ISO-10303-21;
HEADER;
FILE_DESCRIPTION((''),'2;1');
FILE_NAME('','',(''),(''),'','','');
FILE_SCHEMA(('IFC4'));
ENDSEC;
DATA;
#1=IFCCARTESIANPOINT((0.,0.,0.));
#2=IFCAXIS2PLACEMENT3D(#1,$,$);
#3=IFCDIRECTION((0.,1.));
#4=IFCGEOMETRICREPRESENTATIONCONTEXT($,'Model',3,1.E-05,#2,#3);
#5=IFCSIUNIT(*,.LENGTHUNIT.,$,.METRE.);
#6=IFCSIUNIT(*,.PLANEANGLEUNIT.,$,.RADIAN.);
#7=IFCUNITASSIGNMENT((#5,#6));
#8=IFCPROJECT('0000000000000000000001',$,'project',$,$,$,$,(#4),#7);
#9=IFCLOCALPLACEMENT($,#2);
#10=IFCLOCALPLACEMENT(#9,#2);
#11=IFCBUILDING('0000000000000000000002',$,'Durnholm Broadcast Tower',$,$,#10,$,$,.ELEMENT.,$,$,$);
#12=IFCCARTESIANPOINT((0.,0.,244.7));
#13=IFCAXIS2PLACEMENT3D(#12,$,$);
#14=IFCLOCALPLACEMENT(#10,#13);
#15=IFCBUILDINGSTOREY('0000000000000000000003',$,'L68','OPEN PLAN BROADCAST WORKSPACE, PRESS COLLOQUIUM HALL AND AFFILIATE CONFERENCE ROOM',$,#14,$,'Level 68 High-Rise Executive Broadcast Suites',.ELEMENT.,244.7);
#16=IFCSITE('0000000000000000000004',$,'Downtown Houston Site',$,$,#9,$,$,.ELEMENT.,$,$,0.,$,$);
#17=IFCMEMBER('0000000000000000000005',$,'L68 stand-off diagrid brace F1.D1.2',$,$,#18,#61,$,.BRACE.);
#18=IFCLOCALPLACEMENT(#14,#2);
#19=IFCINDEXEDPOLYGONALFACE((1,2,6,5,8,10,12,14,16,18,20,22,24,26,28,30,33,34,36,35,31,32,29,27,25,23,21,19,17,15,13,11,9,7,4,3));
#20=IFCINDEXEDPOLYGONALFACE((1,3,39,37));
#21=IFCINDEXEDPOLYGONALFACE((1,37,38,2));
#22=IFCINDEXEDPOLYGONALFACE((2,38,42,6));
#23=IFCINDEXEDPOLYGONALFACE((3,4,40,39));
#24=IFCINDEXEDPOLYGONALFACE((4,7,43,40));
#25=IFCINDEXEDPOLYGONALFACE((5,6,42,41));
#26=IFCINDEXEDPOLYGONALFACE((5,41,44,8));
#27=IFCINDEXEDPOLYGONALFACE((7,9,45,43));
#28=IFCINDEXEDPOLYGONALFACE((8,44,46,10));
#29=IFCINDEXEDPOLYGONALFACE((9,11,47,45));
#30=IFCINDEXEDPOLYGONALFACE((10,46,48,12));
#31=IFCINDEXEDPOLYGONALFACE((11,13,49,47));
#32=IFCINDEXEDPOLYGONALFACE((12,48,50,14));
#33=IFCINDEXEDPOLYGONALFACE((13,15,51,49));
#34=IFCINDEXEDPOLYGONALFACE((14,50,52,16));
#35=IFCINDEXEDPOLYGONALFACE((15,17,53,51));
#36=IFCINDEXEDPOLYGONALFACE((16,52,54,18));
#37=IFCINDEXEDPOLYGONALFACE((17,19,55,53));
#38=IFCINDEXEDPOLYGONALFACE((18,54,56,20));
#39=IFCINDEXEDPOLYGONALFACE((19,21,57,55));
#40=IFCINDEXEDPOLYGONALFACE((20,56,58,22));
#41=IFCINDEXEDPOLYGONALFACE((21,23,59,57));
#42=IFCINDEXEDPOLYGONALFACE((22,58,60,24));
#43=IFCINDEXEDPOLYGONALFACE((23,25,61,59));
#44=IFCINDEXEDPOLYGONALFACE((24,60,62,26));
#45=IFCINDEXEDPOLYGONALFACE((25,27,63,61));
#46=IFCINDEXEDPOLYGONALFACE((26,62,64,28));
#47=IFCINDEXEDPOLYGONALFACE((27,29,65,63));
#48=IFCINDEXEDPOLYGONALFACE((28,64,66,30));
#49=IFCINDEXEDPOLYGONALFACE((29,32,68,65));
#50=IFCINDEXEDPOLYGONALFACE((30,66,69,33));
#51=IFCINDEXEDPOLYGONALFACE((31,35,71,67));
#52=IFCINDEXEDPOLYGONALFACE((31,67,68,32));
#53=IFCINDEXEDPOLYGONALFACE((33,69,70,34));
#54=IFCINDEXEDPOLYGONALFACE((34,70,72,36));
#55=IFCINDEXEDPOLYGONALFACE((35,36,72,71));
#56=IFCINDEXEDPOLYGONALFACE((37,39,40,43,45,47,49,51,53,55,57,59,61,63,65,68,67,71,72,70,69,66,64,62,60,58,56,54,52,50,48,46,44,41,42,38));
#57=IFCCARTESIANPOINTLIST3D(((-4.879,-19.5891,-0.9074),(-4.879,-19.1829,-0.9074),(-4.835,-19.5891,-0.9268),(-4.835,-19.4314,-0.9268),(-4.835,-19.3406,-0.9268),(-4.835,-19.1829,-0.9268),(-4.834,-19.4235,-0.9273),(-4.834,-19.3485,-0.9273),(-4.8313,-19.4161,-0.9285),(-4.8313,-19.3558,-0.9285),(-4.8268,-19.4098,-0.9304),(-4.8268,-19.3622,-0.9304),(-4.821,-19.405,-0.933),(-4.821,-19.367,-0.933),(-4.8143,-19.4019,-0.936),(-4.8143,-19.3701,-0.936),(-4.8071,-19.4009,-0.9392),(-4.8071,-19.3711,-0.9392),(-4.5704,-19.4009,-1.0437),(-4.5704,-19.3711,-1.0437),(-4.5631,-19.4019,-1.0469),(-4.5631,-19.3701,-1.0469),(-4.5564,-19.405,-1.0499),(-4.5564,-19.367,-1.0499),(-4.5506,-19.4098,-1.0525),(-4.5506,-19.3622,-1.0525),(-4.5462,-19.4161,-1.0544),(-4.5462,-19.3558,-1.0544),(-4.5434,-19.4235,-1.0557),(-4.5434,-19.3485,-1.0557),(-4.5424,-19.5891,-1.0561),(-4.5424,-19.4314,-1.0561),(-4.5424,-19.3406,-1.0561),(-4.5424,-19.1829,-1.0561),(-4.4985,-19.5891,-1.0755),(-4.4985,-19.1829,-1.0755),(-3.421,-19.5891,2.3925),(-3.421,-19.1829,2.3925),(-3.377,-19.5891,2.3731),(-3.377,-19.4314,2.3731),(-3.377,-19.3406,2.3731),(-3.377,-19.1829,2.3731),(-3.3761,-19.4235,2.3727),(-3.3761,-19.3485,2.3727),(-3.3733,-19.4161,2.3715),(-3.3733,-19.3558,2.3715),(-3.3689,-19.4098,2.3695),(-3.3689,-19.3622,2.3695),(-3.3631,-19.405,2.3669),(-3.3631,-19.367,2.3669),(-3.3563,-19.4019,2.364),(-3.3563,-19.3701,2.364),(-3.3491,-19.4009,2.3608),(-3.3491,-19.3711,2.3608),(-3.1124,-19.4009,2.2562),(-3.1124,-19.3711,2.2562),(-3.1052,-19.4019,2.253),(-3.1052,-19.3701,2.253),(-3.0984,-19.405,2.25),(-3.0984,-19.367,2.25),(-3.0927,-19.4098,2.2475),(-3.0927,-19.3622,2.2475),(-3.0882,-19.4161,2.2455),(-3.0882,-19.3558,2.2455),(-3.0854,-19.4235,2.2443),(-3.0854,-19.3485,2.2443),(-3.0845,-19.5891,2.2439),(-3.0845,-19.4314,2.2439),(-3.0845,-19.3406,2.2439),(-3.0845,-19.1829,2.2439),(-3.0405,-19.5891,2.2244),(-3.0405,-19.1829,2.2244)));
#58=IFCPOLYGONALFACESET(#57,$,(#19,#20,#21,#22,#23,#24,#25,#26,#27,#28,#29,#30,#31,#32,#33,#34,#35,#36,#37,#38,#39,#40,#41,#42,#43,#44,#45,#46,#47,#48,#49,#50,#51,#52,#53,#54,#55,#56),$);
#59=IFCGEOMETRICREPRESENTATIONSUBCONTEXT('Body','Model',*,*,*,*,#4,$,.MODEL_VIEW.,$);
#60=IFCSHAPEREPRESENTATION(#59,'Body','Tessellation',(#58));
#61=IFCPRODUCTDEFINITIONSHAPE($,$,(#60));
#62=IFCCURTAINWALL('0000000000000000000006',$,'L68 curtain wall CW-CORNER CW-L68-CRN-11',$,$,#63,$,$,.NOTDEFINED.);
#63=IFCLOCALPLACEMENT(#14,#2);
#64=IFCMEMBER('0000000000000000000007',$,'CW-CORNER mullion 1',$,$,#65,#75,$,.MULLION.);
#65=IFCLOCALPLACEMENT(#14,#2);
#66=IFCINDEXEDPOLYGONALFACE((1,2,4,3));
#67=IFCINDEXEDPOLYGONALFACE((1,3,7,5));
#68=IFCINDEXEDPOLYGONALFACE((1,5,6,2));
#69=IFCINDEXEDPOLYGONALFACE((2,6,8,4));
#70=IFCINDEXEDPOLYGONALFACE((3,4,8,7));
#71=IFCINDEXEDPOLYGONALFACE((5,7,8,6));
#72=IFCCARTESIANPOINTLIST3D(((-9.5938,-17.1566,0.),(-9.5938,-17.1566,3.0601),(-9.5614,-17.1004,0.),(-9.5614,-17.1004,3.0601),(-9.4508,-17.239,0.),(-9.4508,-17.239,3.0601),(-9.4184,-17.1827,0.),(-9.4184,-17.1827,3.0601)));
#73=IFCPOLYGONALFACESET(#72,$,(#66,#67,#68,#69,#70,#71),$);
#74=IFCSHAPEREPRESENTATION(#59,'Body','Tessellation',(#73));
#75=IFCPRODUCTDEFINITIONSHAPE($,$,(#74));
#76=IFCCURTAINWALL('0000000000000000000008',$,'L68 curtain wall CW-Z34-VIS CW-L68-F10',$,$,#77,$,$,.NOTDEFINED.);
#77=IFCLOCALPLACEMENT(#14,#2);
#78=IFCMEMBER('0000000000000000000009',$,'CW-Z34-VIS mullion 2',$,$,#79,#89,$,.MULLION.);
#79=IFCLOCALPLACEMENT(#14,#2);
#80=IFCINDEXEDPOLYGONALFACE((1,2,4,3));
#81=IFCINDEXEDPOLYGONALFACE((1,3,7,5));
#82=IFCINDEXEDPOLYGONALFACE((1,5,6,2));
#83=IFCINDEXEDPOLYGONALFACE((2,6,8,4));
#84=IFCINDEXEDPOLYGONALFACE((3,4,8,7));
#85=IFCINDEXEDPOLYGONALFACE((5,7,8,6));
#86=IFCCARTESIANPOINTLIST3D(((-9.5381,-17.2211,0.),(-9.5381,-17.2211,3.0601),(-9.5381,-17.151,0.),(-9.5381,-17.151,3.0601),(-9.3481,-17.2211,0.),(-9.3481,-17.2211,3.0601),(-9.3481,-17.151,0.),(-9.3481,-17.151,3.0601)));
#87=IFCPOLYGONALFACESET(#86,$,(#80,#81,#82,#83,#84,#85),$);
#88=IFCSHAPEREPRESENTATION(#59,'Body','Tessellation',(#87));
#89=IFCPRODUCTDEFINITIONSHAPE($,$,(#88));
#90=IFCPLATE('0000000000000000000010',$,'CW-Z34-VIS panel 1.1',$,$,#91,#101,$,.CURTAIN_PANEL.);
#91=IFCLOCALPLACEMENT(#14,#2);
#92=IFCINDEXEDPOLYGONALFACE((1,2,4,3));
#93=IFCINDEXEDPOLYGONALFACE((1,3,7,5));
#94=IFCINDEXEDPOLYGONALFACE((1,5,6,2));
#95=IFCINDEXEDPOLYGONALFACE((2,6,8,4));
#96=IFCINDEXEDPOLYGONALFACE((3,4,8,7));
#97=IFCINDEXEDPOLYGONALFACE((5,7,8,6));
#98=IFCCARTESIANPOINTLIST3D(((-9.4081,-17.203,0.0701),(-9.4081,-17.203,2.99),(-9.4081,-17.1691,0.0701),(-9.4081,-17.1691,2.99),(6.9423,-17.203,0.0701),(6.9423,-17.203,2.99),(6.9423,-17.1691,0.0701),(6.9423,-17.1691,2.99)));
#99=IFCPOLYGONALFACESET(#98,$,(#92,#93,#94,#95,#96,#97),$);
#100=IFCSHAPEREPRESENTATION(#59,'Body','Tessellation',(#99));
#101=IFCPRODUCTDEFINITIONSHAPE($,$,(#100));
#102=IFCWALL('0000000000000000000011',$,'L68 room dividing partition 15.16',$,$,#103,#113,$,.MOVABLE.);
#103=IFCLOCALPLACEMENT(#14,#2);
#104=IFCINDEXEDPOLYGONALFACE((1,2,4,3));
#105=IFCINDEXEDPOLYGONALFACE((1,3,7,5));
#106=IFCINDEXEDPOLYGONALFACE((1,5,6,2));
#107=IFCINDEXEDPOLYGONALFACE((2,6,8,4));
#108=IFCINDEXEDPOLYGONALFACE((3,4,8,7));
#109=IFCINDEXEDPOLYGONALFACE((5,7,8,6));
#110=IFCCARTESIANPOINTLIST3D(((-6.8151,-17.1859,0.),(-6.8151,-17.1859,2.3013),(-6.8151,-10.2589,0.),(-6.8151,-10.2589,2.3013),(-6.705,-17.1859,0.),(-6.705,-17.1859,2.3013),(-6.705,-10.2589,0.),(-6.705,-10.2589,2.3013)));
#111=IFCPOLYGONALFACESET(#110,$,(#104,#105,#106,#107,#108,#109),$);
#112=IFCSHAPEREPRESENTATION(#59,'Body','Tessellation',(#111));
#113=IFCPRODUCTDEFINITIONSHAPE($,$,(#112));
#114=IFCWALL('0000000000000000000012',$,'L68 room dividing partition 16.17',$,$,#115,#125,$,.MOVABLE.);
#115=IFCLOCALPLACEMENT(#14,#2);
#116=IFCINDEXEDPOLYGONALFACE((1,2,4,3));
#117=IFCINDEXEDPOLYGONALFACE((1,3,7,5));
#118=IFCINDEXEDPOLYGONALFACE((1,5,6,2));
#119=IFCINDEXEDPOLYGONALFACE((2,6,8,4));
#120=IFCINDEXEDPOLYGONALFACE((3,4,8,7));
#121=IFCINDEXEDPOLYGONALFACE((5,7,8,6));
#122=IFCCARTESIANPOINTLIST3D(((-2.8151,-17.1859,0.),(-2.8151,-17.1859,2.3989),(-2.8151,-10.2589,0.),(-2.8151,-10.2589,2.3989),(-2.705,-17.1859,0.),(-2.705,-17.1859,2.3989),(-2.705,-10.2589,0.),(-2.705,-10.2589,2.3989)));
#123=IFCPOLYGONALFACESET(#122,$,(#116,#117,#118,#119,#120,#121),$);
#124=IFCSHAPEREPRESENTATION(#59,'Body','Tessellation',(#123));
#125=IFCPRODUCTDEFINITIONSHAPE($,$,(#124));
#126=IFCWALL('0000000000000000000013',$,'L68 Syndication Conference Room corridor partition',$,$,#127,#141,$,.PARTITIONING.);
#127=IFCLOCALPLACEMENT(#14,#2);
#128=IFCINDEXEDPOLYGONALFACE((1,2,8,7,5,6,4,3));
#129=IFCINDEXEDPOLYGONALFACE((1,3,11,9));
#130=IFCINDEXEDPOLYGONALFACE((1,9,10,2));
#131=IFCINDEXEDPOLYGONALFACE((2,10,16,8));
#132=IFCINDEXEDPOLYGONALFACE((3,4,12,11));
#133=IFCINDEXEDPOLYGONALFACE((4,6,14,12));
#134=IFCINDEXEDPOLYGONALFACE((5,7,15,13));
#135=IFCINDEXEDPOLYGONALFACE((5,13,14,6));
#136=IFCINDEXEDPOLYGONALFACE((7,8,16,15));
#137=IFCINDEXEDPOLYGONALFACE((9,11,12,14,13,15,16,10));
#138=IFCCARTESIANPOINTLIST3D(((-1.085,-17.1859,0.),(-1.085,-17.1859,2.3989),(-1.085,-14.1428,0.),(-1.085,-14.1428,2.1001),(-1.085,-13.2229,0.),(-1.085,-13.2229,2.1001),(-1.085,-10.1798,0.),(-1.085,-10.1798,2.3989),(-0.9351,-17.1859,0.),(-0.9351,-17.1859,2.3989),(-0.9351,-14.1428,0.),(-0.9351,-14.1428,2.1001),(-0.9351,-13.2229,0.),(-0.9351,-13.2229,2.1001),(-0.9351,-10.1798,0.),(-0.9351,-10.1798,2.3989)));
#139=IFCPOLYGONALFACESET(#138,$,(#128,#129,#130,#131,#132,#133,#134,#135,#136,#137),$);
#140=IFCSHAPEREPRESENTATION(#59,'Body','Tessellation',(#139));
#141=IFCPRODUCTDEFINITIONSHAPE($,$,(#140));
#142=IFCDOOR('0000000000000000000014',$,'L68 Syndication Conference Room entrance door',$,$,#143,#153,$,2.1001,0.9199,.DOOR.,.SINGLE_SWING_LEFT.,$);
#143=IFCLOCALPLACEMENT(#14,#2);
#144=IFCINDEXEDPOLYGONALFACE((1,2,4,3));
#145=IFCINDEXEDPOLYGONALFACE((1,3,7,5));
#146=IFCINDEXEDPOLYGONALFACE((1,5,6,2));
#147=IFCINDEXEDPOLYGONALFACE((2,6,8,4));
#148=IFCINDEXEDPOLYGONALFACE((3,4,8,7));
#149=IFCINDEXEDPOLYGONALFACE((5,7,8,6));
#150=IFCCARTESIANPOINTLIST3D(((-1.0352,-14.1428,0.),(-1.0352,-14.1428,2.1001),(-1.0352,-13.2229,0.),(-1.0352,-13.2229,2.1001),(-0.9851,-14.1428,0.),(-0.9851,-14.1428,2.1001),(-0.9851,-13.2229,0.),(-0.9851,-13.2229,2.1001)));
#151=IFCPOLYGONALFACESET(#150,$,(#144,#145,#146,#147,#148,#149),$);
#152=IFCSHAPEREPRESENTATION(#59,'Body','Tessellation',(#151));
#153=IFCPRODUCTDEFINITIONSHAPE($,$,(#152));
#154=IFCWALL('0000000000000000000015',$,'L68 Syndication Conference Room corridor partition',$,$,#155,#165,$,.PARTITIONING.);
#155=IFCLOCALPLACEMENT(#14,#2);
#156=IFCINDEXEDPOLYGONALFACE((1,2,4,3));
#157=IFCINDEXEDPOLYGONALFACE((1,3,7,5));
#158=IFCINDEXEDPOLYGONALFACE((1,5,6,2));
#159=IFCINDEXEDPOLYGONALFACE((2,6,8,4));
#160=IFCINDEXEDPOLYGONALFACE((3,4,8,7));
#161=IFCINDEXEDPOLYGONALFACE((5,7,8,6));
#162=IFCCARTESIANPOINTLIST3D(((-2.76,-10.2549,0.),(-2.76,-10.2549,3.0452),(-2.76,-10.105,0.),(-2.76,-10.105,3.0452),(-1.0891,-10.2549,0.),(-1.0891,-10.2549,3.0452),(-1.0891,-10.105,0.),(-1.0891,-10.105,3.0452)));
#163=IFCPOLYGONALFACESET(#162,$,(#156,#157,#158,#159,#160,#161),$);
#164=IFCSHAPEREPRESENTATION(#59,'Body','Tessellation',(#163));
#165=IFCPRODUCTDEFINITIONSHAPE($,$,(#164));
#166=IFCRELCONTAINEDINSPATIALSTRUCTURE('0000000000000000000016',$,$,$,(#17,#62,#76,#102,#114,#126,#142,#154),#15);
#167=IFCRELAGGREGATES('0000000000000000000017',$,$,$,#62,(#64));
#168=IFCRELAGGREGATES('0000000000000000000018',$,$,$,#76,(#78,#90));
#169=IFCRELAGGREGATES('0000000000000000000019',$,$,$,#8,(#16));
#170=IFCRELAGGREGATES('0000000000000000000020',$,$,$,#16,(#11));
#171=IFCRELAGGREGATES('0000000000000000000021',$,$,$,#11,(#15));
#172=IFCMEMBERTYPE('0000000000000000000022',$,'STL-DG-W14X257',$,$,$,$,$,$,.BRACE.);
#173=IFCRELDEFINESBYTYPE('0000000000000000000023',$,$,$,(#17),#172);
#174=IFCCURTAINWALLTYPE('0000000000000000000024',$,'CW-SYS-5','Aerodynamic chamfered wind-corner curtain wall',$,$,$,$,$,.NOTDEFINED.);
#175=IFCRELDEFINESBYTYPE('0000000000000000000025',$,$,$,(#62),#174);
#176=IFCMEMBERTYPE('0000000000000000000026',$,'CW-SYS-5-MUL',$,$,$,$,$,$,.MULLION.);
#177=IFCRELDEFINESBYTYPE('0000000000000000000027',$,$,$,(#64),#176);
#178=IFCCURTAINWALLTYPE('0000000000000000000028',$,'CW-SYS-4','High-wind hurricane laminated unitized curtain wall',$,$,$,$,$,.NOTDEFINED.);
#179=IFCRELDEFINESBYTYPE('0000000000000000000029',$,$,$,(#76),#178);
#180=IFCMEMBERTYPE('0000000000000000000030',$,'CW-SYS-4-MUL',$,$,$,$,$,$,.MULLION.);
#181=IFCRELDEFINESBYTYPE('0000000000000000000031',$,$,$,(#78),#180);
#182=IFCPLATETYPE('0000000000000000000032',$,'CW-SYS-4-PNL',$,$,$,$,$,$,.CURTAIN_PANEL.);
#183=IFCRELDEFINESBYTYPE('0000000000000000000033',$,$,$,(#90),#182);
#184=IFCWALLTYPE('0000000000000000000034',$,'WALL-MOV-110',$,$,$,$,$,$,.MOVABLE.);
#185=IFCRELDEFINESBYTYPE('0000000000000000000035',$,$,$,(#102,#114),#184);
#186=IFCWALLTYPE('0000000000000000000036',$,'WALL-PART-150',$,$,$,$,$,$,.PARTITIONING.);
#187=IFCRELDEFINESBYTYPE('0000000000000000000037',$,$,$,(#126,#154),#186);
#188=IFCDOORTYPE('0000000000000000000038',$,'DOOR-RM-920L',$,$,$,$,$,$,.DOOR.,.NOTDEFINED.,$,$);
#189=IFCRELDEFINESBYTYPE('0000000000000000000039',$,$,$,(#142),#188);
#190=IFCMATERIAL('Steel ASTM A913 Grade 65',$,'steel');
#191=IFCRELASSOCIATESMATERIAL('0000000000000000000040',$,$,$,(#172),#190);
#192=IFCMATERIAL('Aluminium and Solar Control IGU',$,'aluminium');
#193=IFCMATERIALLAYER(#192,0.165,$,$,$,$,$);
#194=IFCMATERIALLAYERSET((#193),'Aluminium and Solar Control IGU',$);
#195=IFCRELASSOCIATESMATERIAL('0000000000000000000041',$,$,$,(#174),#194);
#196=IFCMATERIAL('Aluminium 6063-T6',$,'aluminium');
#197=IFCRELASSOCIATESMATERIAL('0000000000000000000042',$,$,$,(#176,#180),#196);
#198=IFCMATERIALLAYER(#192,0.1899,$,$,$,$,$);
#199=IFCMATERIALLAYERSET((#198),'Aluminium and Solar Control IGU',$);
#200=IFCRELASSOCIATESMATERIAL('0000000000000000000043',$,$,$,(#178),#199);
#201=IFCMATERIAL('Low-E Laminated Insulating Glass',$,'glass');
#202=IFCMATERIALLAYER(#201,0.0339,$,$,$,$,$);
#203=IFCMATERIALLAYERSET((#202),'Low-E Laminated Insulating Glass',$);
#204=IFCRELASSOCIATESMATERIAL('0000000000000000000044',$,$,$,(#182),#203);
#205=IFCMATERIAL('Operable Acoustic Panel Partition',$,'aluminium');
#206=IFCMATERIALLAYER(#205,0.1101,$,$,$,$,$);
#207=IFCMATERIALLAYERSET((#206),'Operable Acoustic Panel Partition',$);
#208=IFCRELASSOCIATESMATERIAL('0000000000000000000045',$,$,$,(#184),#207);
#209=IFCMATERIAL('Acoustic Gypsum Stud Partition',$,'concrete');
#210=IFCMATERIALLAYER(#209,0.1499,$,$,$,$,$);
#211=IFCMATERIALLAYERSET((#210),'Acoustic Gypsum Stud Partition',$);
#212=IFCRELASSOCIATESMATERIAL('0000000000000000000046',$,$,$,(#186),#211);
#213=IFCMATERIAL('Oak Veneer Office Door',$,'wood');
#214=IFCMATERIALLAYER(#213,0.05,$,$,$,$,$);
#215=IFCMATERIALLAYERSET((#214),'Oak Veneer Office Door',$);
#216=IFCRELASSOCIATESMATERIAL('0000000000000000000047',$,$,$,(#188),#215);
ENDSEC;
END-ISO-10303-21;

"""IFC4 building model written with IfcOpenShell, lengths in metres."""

from ifc_helpers import new_model, si_unit, direction, frame, frame_2d, origin, origin_2d, place, context, subcontext, project, spatial, rectangle, i_section, extrude, source, transform, mapped, material, layer, layer_set, material_profile, profile_set, type_object, type_shapes, element, fill, aggregate, save


model = new_model("IFC4")

# Units and contexts
model_context = context("Model", 3, precision=1e-05, world=origin(), true_north=direction((0.0, 1.0)))
body_context = subcontext(model_context, "Body", "Model", "MODEL_VIEW")
ifc_project = project(units=[si_unit("LENGTHUNIT", "METRE"), si_unit("PLANEANGLEUNIT", "RADIAN")], contexts=[model_context])

# Site, building, storey
site_placement = place(None, origin())
site = spatial("IfcSite", under=ifc_project, at=site_placement, Name="Downtown Houston Site", CompositionType="ELEMENT", RefElevation=0.0)
building_placement = place(site_placement, origin())
building = spatial("IfcBuilding", under=site, at=building_placement, Name="Durnholm Broadcast Tower", CompositionType="ELEMENT")
storey_placement = place(building_placement, frame((0.0, 0.0, 244.7)))
storey = spatial("IfcBuildingStorey", under=building, at=storey_placement, Name="L68", Description="OPEN PLAN BROADCAST WORKSPACE, PRESS COLLOQUIUM HALL AND AFFILIATE CONFERENCE ROOM", LongName="Level 68 High-Rise Executive Broadcast Suites", CompositionType="ELEMENT", Elevation=244.7)

# Member
ifc_material_1 = material(Name="Steel ASTM A913 Grade 65", Category="steel")
ifc_material_profile_1 = material_profile(ifc_material_1, i_section(OverallWidth=0.4062, OverallDepth=0.416, WebThickness=0.0298, FlangeThickness=0.0481, FilletRadius=0.0305, at=origin_2d()), Name="W14X257")
ifc_profile_set_1 = profile_set([ifc_material_profile_1], Name="Steel ASTM A913 Grade 65")
member_type_1 = type_object("IfcMemberType", Name="STL-DG-W14X257", PredefinedType="BRACE", material=ifc_profile_set_1)
shared_shape_1 = source(origin(), body_context, "Body", "SweptSolid", [
    extrude(i_section(OverallWidth=0.4062, OverallDepth=0.416, WebThickness=0.0298, FlangeThickness=0.0481, FilletRadius=0.0305, at=origin_2d()), origin(), (0.0, 0.0, 1.0), 3.6077),
])
member_1_placement = place(storey_placement, frame((-4.6887, -19.386, -0.9915), z_axis=(0.404128, 0.0, 0.914702), x_axis=(0.0, 1.0, 0.0)))
element("IfcMember", 1, at=member_1_placement, inside=storey, type_object=member_type_1, Name="L68 stand-off diagrid brace F1.D1.2", PredefinedType="BRACE", context=body_context, shape_type="MappedRepresentation", body=[
    mapped(shared_shape_1, transform((0.0, 0.0, 0.0), x_axis=(1.0, 0.0, 0.0), y_axis=(0.0, 1.0, 0.0), z_axis=(0.0, 0.0, 1.0), scale=1.0)),
])

# Curtain wall, member
ifc_material_2 = material(Name="Aluminium and Solar Control IGU", Category="aluminium")
ifc_layer_1 = layer(ifc_material_2, 0.165)
ifc_layer_set_1 = layer_set([ifc_layer_1], Name="Aluminium and Solar Control IGU")
curtain_wall_type_1 = type_object("IfcCurtainWallType", Name="CW-SYS-5", Description="Aerodynamic chamfered wind-corner curtain wall", PredefinedType="NOTDEFINED", material=ifc_layer_set_1)
curtain_wall_1_placement = place(storey_placement, origin())
curtain_wall_1 = element("IfcCurtainWall", 2, at=curtain_wall_1_placement, inside=storey, type_object=curtain_wall_type_1, Name="L68 curtain wall CW-CORNER CW-L68-CRN-11", PredefinedType="NOTDEFINED")
ifc_material_3 = material(Name="Aluminium 6063-T6", Category="aluminium")
ifc_material_profile_2 = material_profile(ifc_material_3, rectangle(XDim=0.0649, YDim=0.165, at=origin_2d()), Name="CWM65X165")
ifc_profile_set_2 = profile_set([ifc_material_profile_2], Name="Aluminium 6063-T6")
member_type_2 = type_object("IfcMemberType", Name="CW-SYS-5-MUL", PredefinedType="MULLION", material=ifc_profile_set_2)
shared_shape_2 = source(origin(), body_context, "Body", "SweptSolid", [
    extrude(rectangle(XDim=0.0649, YDim=0.165, at=origin_2d()), origin(), (0.0, 0.0, 1.0), 3.0601),
])
type_shapes(member_type_2, [shared_shape_2])
member_2_placement = place(storey_placement, frame((-9.5061, -17.1697, 0.0), z_axis=(0.0, 0.0, 1.0), x_axis=(-0.499059, -0.866568, 0.0)))
member_2 = element("IfcMember", 3, at=member_2_placement, type_object=member_type_2, Name="CW-CORNER mullion 1", PredefinedType="MULLION", context=body_context, shape_type="MappedRepresentation", body=[
    mapped(shared_shape_2, transform((0.0, 0.0, 0.0), x_axis=(1.0, 0.0, 0.0), y_axis=(0.0, 1.0, 0.0), z_axis=(0.0, 0.0, 1.0), scale=1.0)),
])
aggregate(curtain_wall_1, [member_2])

# Curtain wall, member, plate
ifc_layer_2 = layer(ifc_material_2, 0.1899)
ifc_layer_set_2 = layer_set([ifc_layer_2], Name="Aluminium and Solar Control IGU")
curtain_wall_type_2 = type_object("IfcCurtainWallType", Name="CW-SYS-4", Description="High-wind hurricane laminated unitized curtain wall", PredefinedType="NOTDEFINED", material=ifc_layer_set_2)
curtain_wall_2_placement = place(storey_placement, origin())
curtain_wall_2 = element("IfcCurtainWall", 4, at=curtain_wall_2_placement, inside=storey, type_object=curtain_wall_type_2, Name="L68 curtain wall CW-Z34-VIS CW-L68-F10", PredefinedType="NOTDEFINED")
ifc_material_profile_3 = material_profile(ifc_material_3, rectangle(XDim=0.0701, YDim=0.1899, at=origin_2d()), Name="CWM70X190")
ifc_profile_set_3 = profile_set([ifc_material_profile_3], Name="Aluminium 6063-T6")
member_type_3 = type_object("IfcMemberType", Name="CW-SYS-4-MUL", PredefinedType="MULLION", material=ifc_profile_set_3)
shared_shape_3 = source(origin(), body_context, "Body", "SweptSolid", [
    extrude(rectangle(XDim=0.0701, YDim=0.1899, at=origin_2d()), origin(), (0.0, 0.0, 1.0), 3.0601),
])
type_shapes(member_type_3, [shared_shape_3])
member_3_placement = place(storey_placement, frame((-9.4431, -17.186, 0.0), z_axis=(0.0, 0.0, 1.0), x_axis=(0.0, -1.0, 0.0)))
member_3 = element("IfcMember", 5, at=member_3_placement, type_object=member_type_3, Name="CW-Z34-VIS mullion 2", PredefinedType="MULLION", context=body_context, shape_type="MappedRepresentation", body=[
    mapped(shared_shape_3, transform((0.0, 0.0, 0.0), x_axis=(1.0, 0.0, 0.0), y_axis=(0.0, 1.0, 0.0), z_axis=(0.0, 0.0, 1.0), scale=1.0)),
])
ifc_material_4 = material(Name="Low-E Laminated Insulating Glass", Category="glass")
ifc_layer_3 = layer(ifc_material_4, 0.0339)
ifc_layer_set_3 = layer_set([ifc_layer_3], Name="Low-E Laminated Insulating Glass")
plate_type = type_object("IfcPlateType", Name="CW-SYS-4-PNL", PredefinedType="CURTAIN_PANEL", material=ifc_layer_set_3)
shared_shape_4 = source(origin(), body_context, "Body", "SweptSolid", [
    extrude(rectangle(XDim=16.3503, YDim=0.0339, at=origin_2d()), origin(), (0.0, 0.0, 1.0), 2.9199),
])
type_shapes(plate_type, [shared_shape_4])
plate_placement = place(storey_placement, frame((-1.2329, -17.186, 0.0701), z_axis=(0.0, 0.0, 1.0), x_axis=(-1.0, 0.0, 0.0)))
plate = element("IfcPlate", 6, at=plate_placement, type_object=plate_type, Name="CW-Z34-VIS panel 1.1", PredefinedType="CURTAIN_PANEL", context=body_context, shape_type="MappedRepresentation", body=[
    mapped(shared_shape_4, transform((0.0, 0.0, 0.0), x_axis=(1.0, 0.0, 0.0), y_axis=(0.0, 1.0, 0.0), z_axis=(0.0, 0.0, 1.0), scale=1.0)),
])
aggregate(curtain_wall_2, [member_3, plate])

# Walls
ifc_material_5 = material(Name="Operable Acoustic Panel Partition", Category="aluminium")
ifc_layer_4 = layer(ifc_material_5, 0.1101)
ifc_layer_set_4 = layer_set([ifc_layer_4], Name="Operable Acoustic Panel Partition")
wall_type_1 = type_object("IfcWallType", Name="WALL-MOV-110", PredefinedType="MOVABLE", material=ifc_layer_set_4)
wall_1_placement = place(storey_placement, frame((-6.76, -10.259, 0.0), z_axis=(0.0, 0.0, 1.0), x_axis=(0.0, -1.0, 0.0)))
element("IfcWall", 7, at=wall_1_placement, inside=storey, type_object=wall_type_1, Name="L68 room dividing partition 15.16", PredefinedType="MOVABLE", context=body_context, shape_type="SweptSolid", body=[
    extrude(rectangle(XDim=6.927, YDim=0.1101, at=frame_2d((3.4634, 0.0))), origin(), (0.0, 0.0, 1.0), 2.3013),
])
wall_2_placement = place(storey_placement, frame((-2.76, -10.259, 0.0), z_axis=(0.0, 0.0, 1.0), x_axis=(0.0, -1.0, 0.0)))
element("IfcWall", 8, at=wall_2_placement, inside=storey, type_object=wall_type_1, Name="L68 room dividing partition 16.17", PredefinedType="MOVABLE", context=body_context, shape_type="SweptSolid", body=[
    extrude(rectangle(XDim=6.927, YDim=0.1101, at=frame_2d((3.4634, 0.0))), origin(), (0.0, 0.0, 1.0), 2.3989),
])

# Wall, opening, door
ifc_material_6 = material(Name="Acoustic Gypsum Stud Partition", Category="concrete")
ifc_layer_5 = layer(ifc_material_6, 0.1499)
ifc_layer_set_5 = layer_set([ifc_layer_5], Name="Acoustic Gypsum Stud Partition")
wall_type_2 = type_object("IfcWallType", Name="WALL-PART-150", PredefinedType="PARTITIONING", material=ifc_layer_set_5)
wall_3_placement = place(storey_placement, frame((-1.01, -10.1799, 0.0), z_axis=(0.0, 0.0, 1.0), x_axis=(0.0, -1.0, 0.0)))
wall_3 = element("IfcWall", 9, at=wall_3_placement, inside=storey, type_object=wall_type_2, Name="L68 Syndication Conference Room corridor partition", PredefinedType="PARTITIONING", context=body_context, shape_type="SweptSolid", body=[
    extrude(rectangle(XDim=7.0061, YDim=0.1499, at=frame_2d((3.5029, 0.0))), origin(), (0.0, 0.0, 1.0), 2.3989),
])
opening_1_placement = place(wall_3_placement, frame((3.043, 0.0, 0.0)))
opening_1 = element("IfcOpeningElement", 10, at=opening_1_placement, cuts=wall_3, PredefinedType="OPENING", context=body_context, shape_type="SweptSolid", body=[
    extrude(rectangle(XDim=0.9199, YDim=2.1001, at=frame_2d((0.46, 1.05))), frame((0.0, 0.085, 0.0), z_axis=(0.0, -1.0, 0.0), x_axis=(1.0, 0.0, 0.0)), (0.0, 0.0, 1.0), 0.1699),
])
ifc_material_7 = material(Name="Oak Veneer Office Door", Category="wood")
ifc_layer_6 = layer(ifc_material_7, 0.05)
ifc_layer_set_6 = layer_set([ifc_layer_6], Name="Oak Veneer Office Door")
door_type_1 = type_object("IfcDoorType", Name="DOOR-RM-920L", OperationType="NOTDEFINED", PredefinedType="DOOR", material=ifc_layer_set_6)
shared_shape_5 = source(origin(), body_context, "Body", "SweptSolid", [
    extrude(rectangle(XDim=0.9199, YDim=2.1001, at=frame_2d((0.46, 1.05))), frame((0.0, 0.0249, 0.0), z_axis=(0.0, -1.0, 0.0), x_axis=(1.0, 0.0, 0.0)), (0.0, 0.0, 1.0), 0.05),
])
type_shapes(door_type_1, [shared_shape_5])
door_1_placement = place(opening_1_placement, origin())
door_1 = element("IfcDoor", 11, at=door_1_placement, inside=storey, type_object=door_type_1, Name="L68 Syndication Conference Room entrance door", OperationType="SINGLE_SWING_LEFT", OverallHeight=2.1001, OverallWidth=0.9199, PredefinedType="DOOR", context=body_context, shape_type="MappedRepresentation", body=[
    mapped(shared_shape_5, transform((0.0, 0.0, 0.0), x_axis=(1.0, 0.0, 0.0), y_axis=(0.0, 1.0, 0.0), z_axis=(0.0, 0.0, 1.0), scale=1.0)),
])
fill(opening_1, door_1)

# Wall
wall_4_placement = place(storey_placement, frame((-2.76, -10.1799, 0.0), z_axis=(0.0, 0.0, 1.0), x_axis=(1.0, 0.0, 0.0)))
element("IfcWall", 12, at=wall_4_placement, inside=storey, type_object=wall_type_2, Name="L68 Syndication Conference Room corridor partition", PredefinedType="PARTITIONING", context=body_context, shape_type="SweptSolid", body=[
    extrude(rectangle(XDim=1.6709, YDim=0.1499, at=frame_2d((0.8354, 0.0))), origin(), (0.0, 0.0, 1.0), 3.0452),
])

save(model, "model.ifc")
